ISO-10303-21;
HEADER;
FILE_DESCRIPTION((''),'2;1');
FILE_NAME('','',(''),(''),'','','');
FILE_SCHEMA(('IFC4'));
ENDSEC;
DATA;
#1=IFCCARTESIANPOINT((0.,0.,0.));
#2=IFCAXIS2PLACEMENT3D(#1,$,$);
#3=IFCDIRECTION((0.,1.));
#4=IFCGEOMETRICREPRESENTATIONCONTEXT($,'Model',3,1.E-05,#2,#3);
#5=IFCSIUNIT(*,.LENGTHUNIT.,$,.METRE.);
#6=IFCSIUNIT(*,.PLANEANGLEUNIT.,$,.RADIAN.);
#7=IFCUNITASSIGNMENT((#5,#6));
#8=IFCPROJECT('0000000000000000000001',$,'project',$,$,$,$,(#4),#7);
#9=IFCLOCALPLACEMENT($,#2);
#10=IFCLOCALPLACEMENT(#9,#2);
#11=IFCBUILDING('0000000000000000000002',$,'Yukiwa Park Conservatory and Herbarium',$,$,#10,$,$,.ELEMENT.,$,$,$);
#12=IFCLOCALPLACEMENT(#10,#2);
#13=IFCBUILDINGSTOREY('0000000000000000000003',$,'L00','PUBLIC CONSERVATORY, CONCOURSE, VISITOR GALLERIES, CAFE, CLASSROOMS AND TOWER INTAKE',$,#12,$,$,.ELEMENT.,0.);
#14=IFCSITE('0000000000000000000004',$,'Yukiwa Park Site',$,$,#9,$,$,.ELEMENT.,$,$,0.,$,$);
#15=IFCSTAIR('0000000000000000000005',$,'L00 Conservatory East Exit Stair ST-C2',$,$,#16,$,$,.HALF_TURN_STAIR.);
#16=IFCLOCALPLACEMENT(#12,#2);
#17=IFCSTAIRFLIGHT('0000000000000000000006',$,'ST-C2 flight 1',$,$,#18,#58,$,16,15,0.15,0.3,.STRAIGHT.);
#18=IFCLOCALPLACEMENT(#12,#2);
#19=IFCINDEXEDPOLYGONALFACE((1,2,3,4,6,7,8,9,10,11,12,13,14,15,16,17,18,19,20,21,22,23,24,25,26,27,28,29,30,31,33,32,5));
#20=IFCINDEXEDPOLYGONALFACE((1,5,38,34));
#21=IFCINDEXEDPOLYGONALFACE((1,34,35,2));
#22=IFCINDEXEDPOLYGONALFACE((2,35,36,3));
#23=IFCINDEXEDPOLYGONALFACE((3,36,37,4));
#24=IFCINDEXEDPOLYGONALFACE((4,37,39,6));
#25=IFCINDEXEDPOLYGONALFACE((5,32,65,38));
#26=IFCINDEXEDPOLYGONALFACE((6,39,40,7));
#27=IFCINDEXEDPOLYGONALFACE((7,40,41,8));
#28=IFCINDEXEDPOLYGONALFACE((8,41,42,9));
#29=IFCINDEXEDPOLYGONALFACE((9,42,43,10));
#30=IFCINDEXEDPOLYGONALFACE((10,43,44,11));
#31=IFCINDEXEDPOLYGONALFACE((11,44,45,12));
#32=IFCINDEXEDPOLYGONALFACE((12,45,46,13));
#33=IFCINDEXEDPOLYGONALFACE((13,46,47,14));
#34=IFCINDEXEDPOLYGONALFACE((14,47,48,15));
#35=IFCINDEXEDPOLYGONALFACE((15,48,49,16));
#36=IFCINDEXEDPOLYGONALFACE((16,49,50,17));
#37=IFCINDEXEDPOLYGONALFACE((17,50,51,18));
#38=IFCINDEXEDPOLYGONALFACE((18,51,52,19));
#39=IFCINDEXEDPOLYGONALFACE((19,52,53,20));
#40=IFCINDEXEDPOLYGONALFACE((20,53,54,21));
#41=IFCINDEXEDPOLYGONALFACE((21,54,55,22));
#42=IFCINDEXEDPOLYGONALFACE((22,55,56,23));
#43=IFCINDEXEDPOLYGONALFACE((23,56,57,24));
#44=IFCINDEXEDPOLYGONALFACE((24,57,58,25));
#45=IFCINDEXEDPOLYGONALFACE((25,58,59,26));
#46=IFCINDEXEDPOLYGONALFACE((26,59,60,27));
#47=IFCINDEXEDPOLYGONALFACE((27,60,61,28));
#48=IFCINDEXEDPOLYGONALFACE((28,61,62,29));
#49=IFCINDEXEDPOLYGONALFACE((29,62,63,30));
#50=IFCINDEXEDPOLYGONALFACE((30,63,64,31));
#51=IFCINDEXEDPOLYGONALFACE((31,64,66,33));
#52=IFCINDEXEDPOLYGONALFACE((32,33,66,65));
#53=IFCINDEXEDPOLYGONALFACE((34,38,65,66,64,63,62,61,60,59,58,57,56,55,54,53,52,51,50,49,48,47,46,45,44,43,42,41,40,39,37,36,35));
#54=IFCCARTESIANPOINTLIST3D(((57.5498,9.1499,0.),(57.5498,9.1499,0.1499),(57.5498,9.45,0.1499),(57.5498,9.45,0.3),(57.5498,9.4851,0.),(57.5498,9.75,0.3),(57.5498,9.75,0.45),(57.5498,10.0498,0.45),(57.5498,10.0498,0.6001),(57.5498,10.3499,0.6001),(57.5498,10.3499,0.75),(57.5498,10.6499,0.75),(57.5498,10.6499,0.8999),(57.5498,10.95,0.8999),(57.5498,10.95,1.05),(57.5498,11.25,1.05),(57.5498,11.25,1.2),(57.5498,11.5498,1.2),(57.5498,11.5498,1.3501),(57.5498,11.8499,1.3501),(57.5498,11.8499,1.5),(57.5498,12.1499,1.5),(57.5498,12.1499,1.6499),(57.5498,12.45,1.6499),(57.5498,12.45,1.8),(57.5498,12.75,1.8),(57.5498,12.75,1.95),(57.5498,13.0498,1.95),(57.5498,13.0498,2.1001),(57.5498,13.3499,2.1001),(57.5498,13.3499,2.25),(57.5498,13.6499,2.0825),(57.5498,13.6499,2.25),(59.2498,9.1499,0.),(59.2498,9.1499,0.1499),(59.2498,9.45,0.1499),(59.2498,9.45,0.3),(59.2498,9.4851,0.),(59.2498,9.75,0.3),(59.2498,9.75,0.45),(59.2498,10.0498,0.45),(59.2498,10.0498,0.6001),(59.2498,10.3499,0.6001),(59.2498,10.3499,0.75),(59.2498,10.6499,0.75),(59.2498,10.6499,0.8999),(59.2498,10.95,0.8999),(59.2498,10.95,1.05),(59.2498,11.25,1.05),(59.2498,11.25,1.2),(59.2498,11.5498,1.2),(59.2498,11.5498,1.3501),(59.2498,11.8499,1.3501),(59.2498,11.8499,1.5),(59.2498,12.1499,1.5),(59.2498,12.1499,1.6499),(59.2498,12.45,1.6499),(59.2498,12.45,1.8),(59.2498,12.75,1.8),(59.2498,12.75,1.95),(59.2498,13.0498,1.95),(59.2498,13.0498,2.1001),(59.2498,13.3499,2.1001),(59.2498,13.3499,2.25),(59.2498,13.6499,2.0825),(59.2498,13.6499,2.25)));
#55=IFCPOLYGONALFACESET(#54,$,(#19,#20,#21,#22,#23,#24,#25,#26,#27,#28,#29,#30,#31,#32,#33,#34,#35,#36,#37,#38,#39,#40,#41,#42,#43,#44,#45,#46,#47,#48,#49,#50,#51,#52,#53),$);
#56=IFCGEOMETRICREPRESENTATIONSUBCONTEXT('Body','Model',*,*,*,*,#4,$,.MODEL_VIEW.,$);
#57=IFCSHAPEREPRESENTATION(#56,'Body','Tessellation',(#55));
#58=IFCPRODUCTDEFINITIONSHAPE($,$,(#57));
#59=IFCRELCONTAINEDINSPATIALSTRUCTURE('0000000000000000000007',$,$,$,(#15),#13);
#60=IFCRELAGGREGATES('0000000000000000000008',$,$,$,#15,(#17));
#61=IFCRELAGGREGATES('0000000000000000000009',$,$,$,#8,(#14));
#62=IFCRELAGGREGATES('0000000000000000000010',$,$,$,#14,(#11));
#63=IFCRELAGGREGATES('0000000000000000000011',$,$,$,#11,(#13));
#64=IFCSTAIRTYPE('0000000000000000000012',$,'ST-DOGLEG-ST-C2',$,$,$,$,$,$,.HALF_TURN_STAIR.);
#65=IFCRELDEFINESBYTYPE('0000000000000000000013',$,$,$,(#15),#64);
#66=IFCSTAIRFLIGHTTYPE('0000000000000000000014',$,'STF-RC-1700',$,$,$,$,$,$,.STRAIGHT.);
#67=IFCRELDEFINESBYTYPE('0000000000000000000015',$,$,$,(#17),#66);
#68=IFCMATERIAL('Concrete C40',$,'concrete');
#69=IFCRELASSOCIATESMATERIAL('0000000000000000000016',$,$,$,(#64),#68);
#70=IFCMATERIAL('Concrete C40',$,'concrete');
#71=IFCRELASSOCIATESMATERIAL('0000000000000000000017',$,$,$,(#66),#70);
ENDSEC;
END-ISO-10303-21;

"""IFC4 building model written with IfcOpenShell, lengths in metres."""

from ifc_helpers import new_model, si_unit, direction, frame, origin, place, context, subcontext, project, spatial, polyline, outline, extrude, material, type_object, element, aggregate, save


model = new_model("IFC4")

# Units and contexts
model_context = context("Model", 3, precision=1e-05, world=origin(), true_north=direction((0.0, 1.0)))
body_context = subcontext(model_context, "Body", "Model", "MODEL_VIEW")
ifc_project = project(units=[si_unit("LENGTHUNIT", "METRE"), si_unit("PLANEANGLEUNIT", "RADIAN")], contexts=[model_context])

# Site, building, storey
site_placement = place(None, origin())
site = spatial("IfcSite", under=ifc_project, at=site_placement, Name="Yukiwa Park Site", CompositionType="ELEMENT", RefElevation=0.0)
building_placement = place(site_placement, origin())
building = spatial("IfcBuilding", under=site, at=building_placement, Name="Yukiwa Park Conservatory and Herbarium", CompositionType="ELEMENT")
storey_placement = place(building_placement, origin())
storey = spatial("IfcBuildingStorey", under=building, at=storey_placement, Name="L00", Description="PUBLIC CONSERVATORY, CONCOURSE, VISITOR GALLERIES, CAFE, CLASSROOMS AND TOWER INTAKE", CompositionType="ELEMENT", Elevation=0.0)

# Stair, stair flight
ifc_material_1 = material(Name="Concrete C40", Category="concrete")
stair_type = type_object("IfcStairType", Name="ST-DOGLEG-ST-C2", PredefinedType="HALF_TURN_STAIR", material=ifc_material_1)
stair_placement = place(storey_placement, origin())
stair = element("IfcStair", 1, at=stair_placement, inside=storey, type_object=stair_type, Name="L00 Conservatory East Exit Stair ST-C2", PredefinedType="HALF_TURN_STAIR")
ifc_material_2 = material(Name="Concrete C40", Category="concrete")
stair_flight_type = type_object("IfcStairFlightType", Name="STF-RC-1700", PredefinedType="STRAIGHT", material=ifc_material_2)
stair_flight_placement = place(storey_placement, frame((58.3999, 9.1499, 0.0), z_axis=(0.0, 0.0, 1.0), x_axis=(0.0, 1.0, 0.0)))
stair_flight = element("IfcStairFlight", 2, at=stair_flight_placement, type_object=stair_flight_type, Name="ST-C2 flight 1", NumberOfRisers=16, NumberOfTreads=15, PredefinedType="STRAIGHT", RiserHeight=0.15, TreadLength=0.3, context=body_context, shape_type="SweptSolid", body=[
    extrude(outline(polyline([(0.0, 0.0), (0.0, 0.1499), (0.3, 0.1499), (0.3, 0.3), (0.6001, 0.3), (0.6001, 0.45), (0.8999, 0.45), (0.8999, 0.6001), (1.2, 0.6001), (1.2, 0.75), (1.5, 0.75), (1.5, 0.8999), (1.8, 0.8999), (1.8, 1.05), (2.1001, 1.05), (2.1001, 1.2), (2.3999, 1.2), (2.3999, 1.3501), (2.7, 1.3501), (2.7, 1.5), (3.0, 1.5), (3.0, 1.6499), (3.3, 1.6499), (3.3, 1.8), (3.6001, 1.8), (3.6001, 1.95), (3.8999, 1.95), (3.8999, 2.1001), (4.2, 2.1001), (4.2, 2.25), (4.5, 2.25), (4.5, 2.3999), (4.5, 2.0825), (0.3352, 0.0), (0.0, 0.0)])), frame((0.0, 0.8501, 0.0), z_axis=(0.0, -1.0, 0.0), x_axis=(1.0, 0.0, 0.0)), (0.0, 0.0, 1.0), 1.7),
])
aggregate(stair, [stair_flight])

save(model, "model.ifc")
